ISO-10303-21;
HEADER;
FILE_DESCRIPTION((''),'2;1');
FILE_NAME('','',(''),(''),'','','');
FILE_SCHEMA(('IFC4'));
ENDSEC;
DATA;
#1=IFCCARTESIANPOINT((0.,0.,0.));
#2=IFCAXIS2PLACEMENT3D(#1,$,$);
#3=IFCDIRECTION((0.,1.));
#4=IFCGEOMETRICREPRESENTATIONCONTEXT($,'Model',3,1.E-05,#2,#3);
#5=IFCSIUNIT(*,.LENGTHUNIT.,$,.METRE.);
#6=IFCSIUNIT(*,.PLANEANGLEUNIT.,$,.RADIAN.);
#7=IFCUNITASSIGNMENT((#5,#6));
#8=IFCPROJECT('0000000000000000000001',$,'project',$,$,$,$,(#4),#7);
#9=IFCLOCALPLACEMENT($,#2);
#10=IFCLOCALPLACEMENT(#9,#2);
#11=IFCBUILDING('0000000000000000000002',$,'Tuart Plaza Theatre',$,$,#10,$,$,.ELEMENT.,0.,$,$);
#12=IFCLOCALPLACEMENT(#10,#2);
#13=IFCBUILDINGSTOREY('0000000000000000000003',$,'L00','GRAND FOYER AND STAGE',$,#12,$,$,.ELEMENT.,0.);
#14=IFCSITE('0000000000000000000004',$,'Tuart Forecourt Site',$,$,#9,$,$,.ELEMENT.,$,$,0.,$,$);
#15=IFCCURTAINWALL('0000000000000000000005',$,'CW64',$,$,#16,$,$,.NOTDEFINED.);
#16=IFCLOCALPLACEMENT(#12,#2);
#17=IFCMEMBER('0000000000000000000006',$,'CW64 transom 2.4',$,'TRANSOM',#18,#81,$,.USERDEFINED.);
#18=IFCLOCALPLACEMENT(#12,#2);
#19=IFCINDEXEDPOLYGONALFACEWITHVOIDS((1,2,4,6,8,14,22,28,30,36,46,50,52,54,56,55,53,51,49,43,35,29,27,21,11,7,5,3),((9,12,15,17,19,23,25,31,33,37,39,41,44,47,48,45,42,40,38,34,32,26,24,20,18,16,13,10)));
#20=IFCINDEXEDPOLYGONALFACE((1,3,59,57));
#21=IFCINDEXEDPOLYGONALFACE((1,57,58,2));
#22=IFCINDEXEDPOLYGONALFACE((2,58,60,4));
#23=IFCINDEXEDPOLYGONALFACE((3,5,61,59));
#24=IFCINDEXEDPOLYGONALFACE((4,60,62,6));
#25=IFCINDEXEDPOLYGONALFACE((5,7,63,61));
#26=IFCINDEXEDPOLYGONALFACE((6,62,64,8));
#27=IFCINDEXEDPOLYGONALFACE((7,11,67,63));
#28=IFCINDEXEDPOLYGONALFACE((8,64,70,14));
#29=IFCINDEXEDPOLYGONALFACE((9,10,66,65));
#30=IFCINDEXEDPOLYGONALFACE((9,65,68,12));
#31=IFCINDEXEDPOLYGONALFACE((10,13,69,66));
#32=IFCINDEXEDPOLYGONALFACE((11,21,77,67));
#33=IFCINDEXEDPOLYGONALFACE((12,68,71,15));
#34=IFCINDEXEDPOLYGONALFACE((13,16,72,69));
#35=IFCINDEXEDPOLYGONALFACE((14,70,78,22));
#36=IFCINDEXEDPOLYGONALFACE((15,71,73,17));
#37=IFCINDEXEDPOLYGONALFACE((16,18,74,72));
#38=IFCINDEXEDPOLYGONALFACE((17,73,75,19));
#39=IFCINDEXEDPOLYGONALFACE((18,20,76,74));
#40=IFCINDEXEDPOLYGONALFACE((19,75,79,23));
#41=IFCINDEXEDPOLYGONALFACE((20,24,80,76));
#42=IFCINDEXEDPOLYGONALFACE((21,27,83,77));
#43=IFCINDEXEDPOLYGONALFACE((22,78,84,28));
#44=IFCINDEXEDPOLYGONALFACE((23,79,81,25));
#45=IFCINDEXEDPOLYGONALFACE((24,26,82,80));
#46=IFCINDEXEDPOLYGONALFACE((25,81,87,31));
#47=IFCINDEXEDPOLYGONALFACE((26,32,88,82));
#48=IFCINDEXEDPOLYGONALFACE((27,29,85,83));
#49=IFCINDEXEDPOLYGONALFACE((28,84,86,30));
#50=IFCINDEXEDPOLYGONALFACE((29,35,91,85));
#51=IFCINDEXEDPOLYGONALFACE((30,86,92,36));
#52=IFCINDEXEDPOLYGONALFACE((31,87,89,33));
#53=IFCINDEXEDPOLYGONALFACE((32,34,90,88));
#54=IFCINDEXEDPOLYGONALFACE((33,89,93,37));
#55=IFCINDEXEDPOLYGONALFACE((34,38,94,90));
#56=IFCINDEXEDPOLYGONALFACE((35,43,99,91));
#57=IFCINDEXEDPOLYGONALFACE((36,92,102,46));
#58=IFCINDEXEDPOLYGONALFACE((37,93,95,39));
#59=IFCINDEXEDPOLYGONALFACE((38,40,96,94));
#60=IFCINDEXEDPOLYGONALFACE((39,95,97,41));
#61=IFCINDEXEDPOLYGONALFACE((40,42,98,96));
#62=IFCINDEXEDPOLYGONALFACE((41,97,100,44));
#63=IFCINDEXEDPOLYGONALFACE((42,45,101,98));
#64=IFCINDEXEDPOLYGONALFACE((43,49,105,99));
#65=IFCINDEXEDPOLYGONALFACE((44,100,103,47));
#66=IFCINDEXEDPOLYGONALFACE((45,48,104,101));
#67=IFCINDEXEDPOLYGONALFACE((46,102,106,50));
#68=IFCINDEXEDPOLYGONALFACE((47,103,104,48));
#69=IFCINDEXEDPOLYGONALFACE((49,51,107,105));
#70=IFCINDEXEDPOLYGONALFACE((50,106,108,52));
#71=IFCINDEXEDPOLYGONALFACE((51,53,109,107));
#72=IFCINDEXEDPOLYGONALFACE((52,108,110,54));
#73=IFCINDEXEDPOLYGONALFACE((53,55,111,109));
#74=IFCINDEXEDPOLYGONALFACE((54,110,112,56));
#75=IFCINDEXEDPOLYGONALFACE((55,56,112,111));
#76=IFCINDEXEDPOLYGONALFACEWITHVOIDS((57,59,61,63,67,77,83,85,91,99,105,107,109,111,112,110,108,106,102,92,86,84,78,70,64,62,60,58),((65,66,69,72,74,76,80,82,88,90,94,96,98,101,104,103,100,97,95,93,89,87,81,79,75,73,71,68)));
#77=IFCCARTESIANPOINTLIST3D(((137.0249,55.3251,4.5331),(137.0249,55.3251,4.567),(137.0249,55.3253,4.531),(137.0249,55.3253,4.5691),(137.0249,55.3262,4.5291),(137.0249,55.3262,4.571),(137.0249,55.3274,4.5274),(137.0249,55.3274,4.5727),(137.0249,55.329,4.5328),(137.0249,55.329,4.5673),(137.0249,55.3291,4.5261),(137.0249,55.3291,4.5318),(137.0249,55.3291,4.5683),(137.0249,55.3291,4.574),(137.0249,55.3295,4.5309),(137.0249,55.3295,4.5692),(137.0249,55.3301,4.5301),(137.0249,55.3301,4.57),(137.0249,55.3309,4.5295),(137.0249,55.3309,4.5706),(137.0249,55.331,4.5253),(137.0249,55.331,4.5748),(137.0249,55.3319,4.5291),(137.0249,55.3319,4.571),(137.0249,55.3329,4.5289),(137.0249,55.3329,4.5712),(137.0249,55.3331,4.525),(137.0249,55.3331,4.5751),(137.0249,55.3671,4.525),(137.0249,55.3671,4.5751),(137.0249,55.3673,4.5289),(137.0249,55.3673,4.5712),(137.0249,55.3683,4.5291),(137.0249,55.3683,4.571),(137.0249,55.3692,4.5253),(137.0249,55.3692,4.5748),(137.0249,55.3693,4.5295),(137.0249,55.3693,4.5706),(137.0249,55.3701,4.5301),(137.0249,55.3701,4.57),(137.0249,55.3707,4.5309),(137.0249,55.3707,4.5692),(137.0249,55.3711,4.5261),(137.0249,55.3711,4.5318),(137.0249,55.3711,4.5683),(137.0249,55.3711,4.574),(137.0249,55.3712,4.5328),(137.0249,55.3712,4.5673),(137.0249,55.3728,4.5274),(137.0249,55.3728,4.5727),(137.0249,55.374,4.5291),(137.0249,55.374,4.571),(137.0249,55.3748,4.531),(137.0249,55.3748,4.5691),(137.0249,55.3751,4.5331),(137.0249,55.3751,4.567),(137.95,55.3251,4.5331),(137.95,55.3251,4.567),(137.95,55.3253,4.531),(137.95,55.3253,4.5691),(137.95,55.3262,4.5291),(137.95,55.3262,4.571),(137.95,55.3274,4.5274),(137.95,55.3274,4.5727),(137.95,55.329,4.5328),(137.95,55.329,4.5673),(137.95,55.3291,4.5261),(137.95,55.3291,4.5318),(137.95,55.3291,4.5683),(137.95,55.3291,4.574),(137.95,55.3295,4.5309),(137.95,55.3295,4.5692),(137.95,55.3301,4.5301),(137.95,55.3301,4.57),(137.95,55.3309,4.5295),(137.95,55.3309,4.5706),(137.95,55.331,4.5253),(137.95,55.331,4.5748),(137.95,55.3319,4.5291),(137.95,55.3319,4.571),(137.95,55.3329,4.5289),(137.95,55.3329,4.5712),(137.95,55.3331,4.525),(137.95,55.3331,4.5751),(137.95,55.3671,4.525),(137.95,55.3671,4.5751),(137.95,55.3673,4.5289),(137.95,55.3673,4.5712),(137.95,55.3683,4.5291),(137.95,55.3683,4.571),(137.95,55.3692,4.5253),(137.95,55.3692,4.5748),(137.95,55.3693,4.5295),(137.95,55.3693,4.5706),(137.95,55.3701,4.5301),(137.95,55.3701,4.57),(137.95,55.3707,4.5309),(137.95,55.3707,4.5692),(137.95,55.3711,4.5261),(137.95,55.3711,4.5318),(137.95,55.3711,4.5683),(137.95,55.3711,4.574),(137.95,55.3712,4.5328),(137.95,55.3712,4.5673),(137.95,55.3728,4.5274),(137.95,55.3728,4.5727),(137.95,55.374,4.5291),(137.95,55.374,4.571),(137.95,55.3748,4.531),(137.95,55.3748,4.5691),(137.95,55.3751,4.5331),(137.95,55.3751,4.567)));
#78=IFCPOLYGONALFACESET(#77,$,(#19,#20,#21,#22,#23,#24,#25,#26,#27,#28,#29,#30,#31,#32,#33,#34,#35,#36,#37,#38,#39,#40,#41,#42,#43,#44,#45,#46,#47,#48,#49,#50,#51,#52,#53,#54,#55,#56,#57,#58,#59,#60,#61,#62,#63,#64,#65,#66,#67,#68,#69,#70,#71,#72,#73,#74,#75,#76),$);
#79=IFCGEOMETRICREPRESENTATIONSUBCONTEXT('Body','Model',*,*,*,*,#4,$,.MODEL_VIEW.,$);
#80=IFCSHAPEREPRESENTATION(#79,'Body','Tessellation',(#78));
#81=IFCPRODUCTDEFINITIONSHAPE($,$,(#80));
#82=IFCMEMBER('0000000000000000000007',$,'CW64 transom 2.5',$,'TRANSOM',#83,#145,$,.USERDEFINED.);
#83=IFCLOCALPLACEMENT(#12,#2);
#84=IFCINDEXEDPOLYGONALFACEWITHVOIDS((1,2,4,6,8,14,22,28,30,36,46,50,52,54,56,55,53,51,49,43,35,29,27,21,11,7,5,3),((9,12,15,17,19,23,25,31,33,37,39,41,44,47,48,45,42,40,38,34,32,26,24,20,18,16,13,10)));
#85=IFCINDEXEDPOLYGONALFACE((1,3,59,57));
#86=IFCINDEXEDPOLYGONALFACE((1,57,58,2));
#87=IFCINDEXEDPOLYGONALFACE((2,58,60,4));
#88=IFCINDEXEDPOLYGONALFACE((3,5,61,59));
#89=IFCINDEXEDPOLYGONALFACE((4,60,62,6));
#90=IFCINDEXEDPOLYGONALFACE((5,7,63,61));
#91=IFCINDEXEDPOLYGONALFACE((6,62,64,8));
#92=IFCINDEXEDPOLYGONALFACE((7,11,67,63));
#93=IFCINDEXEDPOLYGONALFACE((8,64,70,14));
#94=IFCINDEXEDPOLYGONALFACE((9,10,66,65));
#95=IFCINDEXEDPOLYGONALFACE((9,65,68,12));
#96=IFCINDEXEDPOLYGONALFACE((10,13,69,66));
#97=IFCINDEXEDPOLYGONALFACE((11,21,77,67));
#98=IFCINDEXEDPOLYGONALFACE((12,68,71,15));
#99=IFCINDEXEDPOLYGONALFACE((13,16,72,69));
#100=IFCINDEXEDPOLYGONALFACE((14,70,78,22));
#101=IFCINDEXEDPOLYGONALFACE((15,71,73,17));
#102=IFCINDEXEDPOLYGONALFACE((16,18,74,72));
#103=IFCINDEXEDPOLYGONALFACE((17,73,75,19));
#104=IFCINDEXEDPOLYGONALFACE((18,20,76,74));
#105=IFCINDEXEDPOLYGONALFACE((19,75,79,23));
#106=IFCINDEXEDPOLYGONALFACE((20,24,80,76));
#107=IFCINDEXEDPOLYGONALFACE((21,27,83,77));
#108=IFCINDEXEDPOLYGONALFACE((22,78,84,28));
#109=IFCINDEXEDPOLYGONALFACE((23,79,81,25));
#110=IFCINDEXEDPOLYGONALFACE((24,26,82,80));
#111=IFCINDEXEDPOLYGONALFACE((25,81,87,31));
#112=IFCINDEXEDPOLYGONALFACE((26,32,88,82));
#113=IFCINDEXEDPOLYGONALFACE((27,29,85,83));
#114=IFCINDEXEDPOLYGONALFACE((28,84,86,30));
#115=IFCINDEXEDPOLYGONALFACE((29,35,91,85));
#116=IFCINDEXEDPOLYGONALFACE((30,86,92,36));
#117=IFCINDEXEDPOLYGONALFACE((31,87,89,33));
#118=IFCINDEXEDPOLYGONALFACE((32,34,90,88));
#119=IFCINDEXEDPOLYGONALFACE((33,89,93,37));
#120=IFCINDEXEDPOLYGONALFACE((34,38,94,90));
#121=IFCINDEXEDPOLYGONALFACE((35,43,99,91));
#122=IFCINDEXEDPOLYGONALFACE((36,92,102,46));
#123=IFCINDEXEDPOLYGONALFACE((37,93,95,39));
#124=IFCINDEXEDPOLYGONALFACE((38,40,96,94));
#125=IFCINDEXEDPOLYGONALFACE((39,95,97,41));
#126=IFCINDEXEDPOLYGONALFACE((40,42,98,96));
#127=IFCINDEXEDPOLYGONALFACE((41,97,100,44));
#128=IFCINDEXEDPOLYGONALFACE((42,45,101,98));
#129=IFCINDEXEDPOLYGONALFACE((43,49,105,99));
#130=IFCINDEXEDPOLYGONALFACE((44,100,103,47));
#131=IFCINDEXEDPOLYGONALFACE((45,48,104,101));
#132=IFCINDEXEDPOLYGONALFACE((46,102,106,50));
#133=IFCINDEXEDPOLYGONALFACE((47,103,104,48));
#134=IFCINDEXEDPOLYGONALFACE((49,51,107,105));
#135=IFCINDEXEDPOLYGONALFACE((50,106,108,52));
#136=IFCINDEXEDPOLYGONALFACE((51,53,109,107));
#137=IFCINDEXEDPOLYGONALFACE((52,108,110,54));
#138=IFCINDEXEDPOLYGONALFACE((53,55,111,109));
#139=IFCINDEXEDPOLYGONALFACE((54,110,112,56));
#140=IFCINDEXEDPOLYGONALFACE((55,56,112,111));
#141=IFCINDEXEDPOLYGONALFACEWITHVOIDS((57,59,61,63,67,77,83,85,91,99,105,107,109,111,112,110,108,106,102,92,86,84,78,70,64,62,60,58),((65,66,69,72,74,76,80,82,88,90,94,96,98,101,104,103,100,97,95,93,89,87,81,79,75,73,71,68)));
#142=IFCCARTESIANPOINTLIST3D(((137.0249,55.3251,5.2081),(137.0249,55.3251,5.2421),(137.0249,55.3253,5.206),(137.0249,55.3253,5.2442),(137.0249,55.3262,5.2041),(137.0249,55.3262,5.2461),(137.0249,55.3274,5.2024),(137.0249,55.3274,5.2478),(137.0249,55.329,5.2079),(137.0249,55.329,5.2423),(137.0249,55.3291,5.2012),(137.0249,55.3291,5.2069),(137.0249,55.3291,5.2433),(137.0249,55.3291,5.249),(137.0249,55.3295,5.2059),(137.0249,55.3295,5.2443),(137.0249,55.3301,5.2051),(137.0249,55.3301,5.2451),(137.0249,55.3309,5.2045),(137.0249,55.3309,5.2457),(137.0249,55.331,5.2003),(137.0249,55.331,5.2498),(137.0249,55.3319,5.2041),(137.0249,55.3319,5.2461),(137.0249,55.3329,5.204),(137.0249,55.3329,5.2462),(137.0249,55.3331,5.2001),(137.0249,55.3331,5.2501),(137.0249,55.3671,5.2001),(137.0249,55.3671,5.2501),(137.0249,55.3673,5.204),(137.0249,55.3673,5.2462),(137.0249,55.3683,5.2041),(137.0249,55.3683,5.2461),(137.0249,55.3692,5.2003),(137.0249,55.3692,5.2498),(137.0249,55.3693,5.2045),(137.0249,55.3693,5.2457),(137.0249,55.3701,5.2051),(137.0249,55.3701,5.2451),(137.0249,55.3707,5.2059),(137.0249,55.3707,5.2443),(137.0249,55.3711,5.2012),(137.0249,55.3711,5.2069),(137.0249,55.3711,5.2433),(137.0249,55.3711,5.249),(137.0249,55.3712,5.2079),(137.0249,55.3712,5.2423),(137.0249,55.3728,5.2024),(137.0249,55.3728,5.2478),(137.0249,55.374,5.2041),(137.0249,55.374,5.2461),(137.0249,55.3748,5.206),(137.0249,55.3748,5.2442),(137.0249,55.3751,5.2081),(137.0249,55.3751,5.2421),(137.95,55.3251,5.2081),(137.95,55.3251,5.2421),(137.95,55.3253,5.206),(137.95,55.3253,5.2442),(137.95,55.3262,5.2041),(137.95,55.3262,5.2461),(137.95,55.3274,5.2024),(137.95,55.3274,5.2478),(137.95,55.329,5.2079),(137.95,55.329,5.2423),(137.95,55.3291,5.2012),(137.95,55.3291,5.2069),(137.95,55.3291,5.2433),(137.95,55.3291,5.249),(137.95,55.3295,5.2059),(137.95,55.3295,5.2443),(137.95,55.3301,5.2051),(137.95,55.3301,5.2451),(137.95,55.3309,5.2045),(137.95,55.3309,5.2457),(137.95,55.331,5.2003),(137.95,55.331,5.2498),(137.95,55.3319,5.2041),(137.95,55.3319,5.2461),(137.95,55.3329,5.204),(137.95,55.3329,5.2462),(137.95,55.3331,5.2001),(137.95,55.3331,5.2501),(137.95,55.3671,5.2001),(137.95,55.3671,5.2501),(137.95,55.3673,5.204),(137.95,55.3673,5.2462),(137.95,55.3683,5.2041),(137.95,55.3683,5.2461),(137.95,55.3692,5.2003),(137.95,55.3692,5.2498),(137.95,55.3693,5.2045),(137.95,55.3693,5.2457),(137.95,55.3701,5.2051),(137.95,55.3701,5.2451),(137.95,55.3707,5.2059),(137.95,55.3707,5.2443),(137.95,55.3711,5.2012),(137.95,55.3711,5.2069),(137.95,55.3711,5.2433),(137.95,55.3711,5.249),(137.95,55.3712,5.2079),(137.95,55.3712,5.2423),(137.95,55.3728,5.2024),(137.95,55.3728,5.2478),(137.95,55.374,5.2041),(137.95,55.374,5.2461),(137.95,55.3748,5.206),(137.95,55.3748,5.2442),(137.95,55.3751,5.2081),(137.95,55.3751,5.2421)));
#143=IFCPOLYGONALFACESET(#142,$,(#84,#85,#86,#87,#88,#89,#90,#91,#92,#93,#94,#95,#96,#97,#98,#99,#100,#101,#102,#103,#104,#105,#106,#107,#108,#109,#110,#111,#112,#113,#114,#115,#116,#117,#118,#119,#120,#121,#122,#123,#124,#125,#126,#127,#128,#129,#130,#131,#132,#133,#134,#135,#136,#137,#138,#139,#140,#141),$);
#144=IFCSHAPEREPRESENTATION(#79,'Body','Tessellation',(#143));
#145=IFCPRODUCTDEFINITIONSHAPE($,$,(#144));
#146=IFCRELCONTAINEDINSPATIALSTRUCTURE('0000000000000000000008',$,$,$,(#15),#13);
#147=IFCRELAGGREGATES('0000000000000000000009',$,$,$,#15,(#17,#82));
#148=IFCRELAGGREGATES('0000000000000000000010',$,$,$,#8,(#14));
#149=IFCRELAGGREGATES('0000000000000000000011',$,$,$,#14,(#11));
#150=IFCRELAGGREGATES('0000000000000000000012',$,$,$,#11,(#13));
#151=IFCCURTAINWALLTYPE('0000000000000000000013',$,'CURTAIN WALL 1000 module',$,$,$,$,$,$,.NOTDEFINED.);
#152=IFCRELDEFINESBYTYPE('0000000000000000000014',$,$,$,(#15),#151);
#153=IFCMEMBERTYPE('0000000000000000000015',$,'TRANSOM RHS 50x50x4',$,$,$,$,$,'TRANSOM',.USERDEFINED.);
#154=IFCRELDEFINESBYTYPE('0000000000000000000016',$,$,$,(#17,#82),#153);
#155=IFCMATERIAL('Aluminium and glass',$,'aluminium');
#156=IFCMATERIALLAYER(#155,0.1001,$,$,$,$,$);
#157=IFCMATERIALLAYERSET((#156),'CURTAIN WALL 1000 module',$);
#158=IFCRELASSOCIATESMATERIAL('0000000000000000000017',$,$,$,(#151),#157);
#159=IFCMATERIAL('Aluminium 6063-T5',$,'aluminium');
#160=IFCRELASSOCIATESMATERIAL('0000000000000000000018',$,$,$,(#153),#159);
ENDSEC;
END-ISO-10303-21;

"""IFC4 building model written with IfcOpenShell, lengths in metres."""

from ifc_helpers import new_model, si_unit, direction, frame, origin, origin_2d, place, context, subcontext, project, spatial, hollow_rectangle, extrude, material, layer, layer_set, material_profile, profile_set, type_object, element, aggregate, save


model = new_model("IFC4")

# Units and contexts
model_context = context("Model", 3, precision=1e-05, world=origin(), true_north=direction((0.0, 1.0)))
body_context = subcontext(model_context, "Body", "Model", "MODEL_VIEW")
ifc_project = project(units=[si_unit("LENGTHUNIT", "METRE"), si_unit("PLANEANGLEUNIT", "RADIAN")], contexts=[model_context])

# Site, building, storey
site_placement = place(None, origin())
site = spatial("IfcSite", under=ifc_project, at=site_placement, Name="Tuart Forecourt Site", CompositionType="ELEMENT", RefElevation=0.0)
building_placement = place(site_placement, origin())
building = spatial("IfcBuilding", under=site, at=building_placement, Name="Tuart Plaza Theatre", CompositionType="ELEMENT", ElevationOfRefHeight=0.0)
storey_placement = place(building_placement, origin())
storey = spatial("IfcBuildingStorey", under=building, at=storey_placement, Name="L00", Description="GRAND FOYER AND STAGE", CompositionType="ELEMENT", Elevation=0.0)

# Curtain wall
ifc_material_1 = material(Name="Aluminium and glass", Category="aluminium")
ifc_layer_1 = layer(ifc_material_1, 0.1001)
ifc_layer_set_1 = layer_set([ifc_layer_1], Name="CURTAIN WALL 1000 module")
curtain_wall_type_1 = type_object("IfcCurtainWallType", Name="CURTAIN WALL 1000 module", PredefinedType="NOTDEFINED", material=ifc_layer_set_1)
curtain_wall_1_placement = place(storey_placement, origin())
curtain_wall_1 = element("IfcCurtainWall", 1, at=curtain_wall_1_placement, inside=storey, type_object=curtain_wall_type_1, Name="CW64", PredefinedType="NOTDEFINED")

# Members
ifc_material_2 = material(Name="Aluminium 6063-T5", Category="aluminium")
ifc_material_profile_1 = material_profile(ifc_material_2, hollow_rectangle(XDim=0.05, YDim=0.05, WallThickness=0.0039, InnerFilletRadius=0.0039, OuterFilletRadius=0.0081, at=origin_2d()), Name="RHS 50x50x4")
ifc_profile_set_1 = profile_set([ifc_material_profile_1], Name="Aluminium 6063-T5")
member_type_1 = type_object("IfcMemberType", Name="TRANSOM RHS 50x50x4", ElementType="TRANSOM", PredefinedType="USERDEFINED", material=ifc_profile_set_1)
member_1_placement = place(storey_placement, frame((137.0249, 55.3501, 4.55), z_axis=(1.0, 0.0, 0.0), x_axis=(0.0, 1.0, 0.0)))
member_1 = element("IfcMember", 2, at=member_1_placement, type_object=member_type_1, Name="CW64 transom 2.4", ObjectType="TRANSOM", PredefinedType="USERDEFINED", context=body_context, shape_type="SweptSolid", body=[
    extrude(hollow_rectangle(XDim=0.05, YDim=0.05, WallThickness=0.0039, InnerFilletRadius=0.0039, OuterFilletRadius=0.0081, at=origin_2d()), origin(), (0.0, 0.0, 1.0), 0.925),
])
member_2_placement = place(storey_placement, frame((137.0249, 55.3501, 5.2251), z_axis=(1.0, 0.0, 0.0), x_axis=(0.0, 1.0, 0.0)))
member_2 = element("IfcMember", 3, at=member_2_placement, type_object=member_type_1, Name="CW64 transom 2.5", ObjectType="TRANSOM", PredefinedType="USERDEFINED", context=body_context, shape_type="SweptSolid", body=[
    extrude(hollow_rectangle(XDim=0.05, YDim=0.05, WallThickness=0.0039, InnerFilletRadius=0.0039, OuterFilletRadius=0.0081, at=origin_2d()), origin(), (0.0, 0.0, 1.0), 0.925),
])

aggregate(curtain_wall_1, [member_1, member_2])

save(model, "model.ifc")
